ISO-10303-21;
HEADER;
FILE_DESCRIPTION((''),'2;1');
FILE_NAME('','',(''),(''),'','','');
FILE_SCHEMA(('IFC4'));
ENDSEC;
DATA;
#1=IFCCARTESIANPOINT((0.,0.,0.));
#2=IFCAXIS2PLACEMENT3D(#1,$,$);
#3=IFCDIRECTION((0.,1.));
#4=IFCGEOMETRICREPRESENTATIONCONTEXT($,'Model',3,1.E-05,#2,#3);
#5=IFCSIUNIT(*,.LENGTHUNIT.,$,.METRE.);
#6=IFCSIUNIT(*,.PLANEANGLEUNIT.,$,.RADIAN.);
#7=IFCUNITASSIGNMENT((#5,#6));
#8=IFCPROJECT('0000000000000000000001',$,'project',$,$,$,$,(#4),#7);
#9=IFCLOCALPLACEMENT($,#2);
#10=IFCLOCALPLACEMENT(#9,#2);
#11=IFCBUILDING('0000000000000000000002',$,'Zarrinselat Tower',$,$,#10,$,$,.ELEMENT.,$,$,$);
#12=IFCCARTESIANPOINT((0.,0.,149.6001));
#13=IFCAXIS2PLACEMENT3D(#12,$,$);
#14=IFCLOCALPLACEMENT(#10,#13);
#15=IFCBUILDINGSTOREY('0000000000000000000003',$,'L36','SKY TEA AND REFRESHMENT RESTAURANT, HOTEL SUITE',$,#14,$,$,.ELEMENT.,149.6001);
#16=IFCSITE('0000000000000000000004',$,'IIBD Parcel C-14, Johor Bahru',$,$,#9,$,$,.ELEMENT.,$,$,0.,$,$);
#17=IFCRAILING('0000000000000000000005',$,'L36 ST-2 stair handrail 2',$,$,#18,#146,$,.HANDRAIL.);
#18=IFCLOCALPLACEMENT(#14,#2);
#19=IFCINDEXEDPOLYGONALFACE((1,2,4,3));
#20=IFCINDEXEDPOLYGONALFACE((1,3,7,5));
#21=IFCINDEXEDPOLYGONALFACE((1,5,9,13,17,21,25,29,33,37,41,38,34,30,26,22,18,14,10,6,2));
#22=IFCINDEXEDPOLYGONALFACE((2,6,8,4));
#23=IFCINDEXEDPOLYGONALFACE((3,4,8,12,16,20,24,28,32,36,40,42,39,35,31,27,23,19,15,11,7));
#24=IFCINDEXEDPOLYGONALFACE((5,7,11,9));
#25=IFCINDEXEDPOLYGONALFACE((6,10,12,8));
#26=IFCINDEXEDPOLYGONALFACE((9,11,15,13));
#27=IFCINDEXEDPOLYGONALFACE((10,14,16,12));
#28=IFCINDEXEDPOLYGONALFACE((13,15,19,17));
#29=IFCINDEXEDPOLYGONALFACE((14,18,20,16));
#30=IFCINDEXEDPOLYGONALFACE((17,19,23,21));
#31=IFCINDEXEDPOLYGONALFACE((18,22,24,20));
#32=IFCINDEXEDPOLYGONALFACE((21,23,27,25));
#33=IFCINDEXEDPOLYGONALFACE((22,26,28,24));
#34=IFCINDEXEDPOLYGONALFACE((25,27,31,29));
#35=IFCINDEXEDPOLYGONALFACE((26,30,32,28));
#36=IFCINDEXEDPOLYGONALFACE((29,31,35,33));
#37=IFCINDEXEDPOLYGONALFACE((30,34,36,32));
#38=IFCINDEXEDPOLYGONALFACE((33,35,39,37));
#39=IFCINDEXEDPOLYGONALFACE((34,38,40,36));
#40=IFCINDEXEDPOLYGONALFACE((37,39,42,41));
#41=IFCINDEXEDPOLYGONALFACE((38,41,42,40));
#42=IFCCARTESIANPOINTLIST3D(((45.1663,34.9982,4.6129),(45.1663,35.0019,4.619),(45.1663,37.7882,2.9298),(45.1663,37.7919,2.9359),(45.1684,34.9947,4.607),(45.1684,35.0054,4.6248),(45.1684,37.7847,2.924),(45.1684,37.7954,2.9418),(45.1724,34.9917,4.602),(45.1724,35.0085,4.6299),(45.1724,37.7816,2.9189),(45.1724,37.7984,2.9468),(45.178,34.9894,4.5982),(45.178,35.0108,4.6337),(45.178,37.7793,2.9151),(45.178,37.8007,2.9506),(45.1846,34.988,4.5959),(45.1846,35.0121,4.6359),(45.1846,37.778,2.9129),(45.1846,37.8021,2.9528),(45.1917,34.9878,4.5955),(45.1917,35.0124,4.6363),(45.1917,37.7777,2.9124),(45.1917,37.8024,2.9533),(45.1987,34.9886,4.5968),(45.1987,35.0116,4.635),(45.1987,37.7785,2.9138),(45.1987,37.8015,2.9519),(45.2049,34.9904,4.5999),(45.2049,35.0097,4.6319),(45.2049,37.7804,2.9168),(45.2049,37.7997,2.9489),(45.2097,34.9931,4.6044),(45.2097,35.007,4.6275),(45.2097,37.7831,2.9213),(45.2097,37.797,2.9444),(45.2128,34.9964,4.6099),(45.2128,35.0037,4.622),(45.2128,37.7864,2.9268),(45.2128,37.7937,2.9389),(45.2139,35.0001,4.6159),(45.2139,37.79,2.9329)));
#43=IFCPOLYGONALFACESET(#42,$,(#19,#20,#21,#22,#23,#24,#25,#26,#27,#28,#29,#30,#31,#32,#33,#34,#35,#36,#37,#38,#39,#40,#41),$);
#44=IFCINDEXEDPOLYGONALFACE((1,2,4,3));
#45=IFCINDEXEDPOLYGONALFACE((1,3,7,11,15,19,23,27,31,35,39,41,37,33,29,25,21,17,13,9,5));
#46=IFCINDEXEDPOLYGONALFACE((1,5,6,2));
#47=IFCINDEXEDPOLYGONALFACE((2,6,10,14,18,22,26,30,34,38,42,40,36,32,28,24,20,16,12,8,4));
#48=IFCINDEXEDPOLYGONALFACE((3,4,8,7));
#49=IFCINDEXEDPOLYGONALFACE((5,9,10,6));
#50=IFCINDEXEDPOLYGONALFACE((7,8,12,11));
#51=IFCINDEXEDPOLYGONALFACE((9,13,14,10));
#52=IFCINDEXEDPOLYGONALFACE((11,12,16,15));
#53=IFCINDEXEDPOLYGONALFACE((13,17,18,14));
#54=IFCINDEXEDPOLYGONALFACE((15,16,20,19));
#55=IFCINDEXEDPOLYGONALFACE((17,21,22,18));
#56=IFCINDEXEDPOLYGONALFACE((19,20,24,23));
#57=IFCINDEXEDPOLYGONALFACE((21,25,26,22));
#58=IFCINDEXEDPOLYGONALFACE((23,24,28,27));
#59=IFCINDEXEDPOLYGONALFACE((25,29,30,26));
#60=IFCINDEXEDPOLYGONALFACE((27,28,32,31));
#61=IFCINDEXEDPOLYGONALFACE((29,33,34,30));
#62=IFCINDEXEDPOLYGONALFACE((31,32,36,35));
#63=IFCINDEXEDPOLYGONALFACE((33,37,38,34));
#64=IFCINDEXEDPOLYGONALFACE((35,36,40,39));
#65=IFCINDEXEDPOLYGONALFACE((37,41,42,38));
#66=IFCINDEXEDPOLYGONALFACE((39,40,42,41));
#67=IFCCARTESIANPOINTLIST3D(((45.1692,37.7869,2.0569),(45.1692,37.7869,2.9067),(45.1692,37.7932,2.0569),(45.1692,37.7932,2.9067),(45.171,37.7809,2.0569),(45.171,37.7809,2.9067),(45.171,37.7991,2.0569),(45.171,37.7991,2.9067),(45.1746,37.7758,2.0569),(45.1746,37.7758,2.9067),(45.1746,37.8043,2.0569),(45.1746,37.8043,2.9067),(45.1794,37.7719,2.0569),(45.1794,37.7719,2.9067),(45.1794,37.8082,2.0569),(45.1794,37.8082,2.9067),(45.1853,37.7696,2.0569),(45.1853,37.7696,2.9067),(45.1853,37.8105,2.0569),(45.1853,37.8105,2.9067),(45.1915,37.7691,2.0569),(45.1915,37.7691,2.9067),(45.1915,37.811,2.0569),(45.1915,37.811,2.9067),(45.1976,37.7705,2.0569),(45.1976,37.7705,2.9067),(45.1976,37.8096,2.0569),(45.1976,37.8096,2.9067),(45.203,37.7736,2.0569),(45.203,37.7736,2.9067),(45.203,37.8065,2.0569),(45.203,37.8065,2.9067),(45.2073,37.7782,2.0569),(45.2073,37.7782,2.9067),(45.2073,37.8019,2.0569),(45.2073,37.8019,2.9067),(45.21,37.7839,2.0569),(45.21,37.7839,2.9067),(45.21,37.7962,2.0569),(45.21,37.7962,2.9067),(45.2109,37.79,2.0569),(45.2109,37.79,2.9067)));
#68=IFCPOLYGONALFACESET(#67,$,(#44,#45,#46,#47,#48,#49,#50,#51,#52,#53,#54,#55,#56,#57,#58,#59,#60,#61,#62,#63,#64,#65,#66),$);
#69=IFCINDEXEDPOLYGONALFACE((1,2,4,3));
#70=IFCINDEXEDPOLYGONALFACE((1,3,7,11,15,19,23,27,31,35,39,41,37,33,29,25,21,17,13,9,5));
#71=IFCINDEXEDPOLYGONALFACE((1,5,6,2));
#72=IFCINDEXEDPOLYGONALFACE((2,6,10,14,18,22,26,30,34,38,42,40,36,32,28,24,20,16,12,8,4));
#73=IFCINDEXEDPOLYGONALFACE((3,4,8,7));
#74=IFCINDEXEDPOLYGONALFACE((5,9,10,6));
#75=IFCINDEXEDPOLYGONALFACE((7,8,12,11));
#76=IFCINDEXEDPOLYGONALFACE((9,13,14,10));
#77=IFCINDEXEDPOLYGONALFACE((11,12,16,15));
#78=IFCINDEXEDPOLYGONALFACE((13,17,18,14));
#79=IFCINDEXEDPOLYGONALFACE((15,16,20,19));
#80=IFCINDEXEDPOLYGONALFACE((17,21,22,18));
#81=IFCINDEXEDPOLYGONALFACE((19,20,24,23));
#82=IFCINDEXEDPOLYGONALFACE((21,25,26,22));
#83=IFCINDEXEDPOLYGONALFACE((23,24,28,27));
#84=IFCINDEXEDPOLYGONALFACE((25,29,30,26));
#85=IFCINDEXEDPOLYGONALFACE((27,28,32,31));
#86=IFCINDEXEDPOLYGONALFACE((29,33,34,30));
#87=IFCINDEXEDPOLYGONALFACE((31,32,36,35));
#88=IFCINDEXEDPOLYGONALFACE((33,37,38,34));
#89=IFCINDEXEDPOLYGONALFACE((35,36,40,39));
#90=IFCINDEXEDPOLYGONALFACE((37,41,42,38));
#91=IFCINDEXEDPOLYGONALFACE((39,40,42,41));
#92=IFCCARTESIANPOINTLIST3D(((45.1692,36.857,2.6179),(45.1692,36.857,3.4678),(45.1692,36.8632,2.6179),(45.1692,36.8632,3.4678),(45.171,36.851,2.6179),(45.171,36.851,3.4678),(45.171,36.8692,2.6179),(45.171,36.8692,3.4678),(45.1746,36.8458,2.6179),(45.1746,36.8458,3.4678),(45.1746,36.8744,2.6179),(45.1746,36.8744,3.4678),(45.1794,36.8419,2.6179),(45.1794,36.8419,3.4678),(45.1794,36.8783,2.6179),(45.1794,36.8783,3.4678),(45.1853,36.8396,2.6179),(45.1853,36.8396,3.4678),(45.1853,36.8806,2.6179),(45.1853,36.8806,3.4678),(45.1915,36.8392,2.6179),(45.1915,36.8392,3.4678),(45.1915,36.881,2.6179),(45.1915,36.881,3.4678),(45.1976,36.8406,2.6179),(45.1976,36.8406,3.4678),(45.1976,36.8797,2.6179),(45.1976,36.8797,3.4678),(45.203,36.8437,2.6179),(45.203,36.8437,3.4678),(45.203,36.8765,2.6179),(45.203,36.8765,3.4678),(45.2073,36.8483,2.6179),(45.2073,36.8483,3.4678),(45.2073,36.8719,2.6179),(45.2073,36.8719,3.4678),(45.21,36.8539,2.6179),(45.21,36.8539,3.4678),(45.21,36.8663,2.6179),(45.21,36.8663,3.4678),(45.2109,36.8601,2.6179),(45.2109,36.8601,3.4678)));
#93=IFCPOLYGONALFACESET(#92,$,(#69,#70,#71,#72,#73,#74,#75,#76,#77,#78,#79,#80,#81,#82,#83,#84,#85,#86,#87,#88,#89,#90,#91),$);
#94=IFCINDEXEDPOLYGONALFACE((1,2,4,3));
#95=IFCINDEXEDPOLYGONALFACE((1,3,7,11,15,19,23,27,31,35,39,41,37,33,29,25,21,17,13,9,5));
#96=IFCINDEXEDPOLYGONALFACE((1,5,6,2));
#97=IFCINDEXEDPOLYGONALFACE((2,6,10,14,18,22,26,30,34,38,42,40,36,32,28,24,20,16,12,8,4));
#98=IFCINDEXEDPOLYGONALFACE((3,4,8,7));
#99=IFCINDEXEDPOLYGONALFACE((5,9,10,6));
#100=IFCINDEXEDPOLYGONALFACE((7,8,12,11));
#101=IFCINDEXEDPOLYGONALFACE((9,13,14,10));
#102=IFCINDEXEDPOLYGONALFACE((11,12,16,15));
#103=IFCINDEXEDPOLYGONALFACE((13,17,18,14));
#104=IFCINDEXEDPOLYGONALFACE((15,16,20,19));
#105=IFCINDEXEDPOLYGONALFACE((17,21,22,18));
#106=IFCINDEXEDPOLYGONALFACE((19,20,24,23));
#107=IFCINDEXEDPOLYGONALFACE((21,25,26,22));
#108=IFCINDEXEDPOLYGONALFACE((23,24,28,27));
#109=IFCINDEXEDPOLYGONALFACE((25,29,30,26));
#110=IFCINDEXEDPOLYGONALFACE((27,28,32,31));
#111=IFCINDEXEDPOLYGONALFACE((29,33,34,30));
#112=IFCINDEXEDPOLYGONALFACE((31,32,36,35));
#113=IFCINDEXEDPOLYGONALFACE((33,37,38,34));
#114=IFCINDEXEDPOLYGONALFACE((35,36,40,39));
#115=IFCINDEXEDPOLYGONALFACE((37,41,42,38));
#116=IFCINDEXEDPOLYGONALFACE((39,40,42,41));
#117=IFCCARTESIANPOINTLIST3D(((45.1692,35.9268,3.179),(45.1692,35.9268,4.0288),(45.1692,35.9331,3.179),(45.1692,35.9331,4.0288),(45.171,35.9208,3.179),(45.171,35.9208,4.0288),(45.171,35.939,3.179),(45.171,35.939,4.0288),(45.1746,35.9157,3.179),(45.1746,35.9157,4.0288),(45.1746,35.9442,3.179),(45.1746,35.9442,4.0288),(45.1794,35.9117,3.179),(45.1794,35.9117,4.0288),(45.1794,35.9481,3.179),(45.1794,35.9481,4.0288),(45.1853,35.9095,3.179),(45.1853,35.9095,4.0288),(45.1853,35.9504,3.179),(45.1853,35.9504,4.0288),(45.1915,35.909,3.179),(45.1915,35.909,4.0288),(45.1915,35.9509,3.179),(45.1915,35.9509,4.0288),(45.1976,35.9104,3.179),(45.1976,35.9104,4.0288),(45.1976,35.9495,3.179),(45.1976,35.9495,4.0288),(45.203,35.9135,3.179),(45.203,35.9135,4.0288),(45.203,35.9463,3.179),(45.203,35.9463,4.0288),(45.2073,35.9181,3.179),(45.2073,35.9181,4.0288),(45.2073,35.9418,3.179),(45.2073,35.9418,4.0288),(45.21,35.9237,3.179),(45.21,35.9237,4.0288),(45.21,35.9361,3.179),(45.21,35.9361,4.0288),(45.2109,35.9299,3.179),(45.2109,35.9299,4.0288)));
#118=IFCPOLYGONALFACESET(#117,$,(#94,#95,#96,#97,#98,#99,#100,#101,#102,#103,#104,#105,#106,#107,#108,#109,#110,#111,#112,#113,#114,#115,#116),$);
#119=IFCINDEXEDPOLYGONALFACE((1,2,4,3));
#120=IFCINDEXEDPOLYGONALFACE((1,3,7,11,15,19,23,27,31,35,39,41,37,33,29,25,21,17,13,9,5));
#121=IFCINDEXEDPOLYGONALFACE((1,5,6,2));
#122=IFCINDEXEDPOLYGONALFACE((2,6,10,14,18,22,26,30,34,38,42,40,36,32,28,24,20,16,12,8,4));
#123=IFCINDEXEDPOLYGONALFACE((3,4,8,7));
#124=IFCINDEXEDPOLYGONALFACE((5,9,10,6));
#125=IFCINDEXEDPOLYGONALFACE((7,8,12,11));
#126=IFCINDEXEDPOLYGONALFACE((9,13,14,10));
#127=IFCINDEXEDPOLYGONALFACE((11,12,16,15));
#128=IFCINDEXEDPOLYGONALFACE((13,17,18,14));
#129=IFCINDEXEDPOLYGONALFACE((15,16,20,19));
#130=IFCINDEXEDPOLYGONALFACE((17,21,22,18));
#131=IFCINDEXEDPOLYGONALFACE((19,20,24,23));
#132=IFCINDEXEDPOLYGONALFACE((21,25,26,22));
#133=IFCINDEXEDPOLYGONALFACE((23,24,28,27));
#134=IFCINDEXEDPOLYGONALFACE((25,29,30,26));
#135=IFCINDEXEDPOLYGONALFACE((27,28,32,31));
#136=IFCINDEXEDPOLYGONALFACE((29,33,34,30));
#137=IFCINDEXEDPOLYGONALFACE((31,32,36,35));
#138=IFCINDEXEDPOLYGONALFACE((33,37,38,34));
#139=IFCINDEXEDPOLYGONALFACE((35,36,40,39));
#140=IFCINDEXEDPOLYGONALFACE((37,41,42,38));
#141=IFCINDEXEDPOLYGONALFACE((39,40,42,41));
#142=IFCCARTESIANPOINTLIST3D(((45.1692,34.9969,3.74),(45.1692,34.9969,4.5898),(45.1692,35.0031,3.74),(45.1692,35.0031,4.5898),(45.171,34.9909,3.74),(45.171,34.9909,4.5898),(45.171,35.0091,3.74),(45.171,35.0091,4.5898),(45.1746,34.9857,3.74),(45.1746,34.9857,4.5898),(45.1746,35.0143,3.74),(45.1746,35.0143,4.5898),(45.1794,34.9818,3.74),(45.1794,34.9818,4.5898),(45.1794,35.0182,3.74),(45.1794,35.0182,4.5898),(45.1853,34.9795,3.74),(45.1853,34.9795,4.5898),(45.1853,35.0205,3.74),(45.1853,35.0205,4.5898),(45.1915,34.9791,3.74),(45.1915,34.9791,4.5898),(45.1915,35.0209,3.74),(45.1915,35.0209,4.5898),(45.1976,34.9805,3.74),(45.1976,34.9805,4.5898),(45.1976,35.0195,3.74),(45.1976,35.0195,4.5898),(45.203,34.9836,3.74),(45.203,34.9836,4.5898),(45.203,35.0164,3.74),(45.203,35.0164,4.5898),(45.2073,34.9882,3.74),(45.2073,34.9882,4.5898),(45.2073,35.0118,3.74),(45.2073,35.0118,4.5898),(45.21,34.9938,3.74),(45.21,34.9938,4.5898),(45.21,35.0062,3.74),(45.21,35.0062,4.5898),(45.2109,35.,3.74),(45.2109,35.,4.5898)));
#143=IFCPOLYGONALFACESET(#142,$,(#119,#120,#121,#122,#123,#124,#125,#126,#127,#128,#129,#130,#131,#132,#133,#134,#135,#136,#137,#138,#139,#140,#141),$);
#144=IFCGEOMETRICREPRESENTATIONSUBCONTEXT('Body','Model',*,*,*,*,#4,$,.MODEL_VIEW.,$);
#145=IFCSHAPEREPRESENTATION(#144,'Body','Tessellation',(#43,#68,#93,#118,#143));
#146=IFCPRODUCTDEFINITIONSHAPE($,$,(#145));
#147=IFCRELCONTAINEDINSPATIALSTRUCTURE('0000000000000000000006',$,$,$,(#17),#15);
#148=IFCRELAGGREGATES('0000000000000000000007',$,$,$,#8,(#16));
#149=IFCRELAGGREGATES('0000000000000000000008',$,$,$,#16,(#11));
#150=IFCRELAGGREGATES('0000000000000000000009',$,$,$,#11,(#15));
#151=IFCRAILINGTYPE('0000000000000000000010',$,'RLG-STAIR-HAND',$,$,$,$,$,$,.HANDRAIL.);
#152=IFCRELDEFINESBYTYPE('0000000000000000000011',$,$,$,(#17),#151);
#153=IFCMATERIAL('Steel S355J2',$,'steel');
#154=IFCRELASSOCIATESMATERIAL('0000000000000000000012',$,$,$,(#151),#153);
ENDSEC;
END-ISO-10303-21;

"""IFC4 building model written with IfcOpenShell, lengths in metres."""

from ifc_helpers import new_model, si_unit, direction, frame, origin, origin_2d, place, context, subcontext, project, spatial, circle, extrude, material, type_object, element, save


model = new_model("IFC4")

# Units and contexts
model_context = context("Model", 3, precision=1e-05, world=origin(), true_north=direction((0.0, 1.0)))
body_context = subcontext(model_context, "Body", "Model", "MODEL_VIEW")
ifc_project = project(units=[si_unit("LENGTHUNIT", "METRE"), si_unit("PLANEANGLEUNIT", "RADIAN")], contexts=[model_context])

# Site, building, storey
site_placement = place(None, origin())
site = spatial("IfcSite", under=ifc_project, at=site_placement, Name="IIBD Parcel C-14, Johor Bahru", CompositionType="ELEMENT", RefElevation=0.0)
building_placement = place(site_placement, origin())
building = spatial("IfcBuilding", under=site, at=building_placement, Name="Zarrinselat Tower", CompositionType="ELEMENT")
storey_placement = place(building_placement, frame((0.0, 0.0, 149.6001)))
storey = spatial("IfcBuildingStorey", under=building, at=storey_placement, Name="L36", Description="SKY TEA AND REFRESHMENT RESTAURANT, HOTEL SUITE", CompositionType="ELEMENT", Elevation=149.6001)

# Railing
ifc_material_1 = material(Name="Steel S355J2", Category="steel")
railing_type_1 = type_object("IfcRailingType", Name="RLG-STAIR-HAND", PredefinedType="HANDRAIL", material=ifc_material_1)
railing_1_placement = place(storey_placement, frame((45.1899, 37.79, 2.0569)))
element("IfcRailing", 1, at=railing_1_placement, inside=storey, type_object=railing_type_1, Name="L36 ST-2 stair handrail 2", PredefinedType="HANDRAIL", context=body_context, shape_type="SweptSolid", body=[
    extrude(circle(Radius=0.0239, at=origin_2d()), frame((0.0, 0.0, 0.876), z_axis=(0.0, -0.856261, 0.516544), x_axis=(1.0, 0.0, 0.0)), (0.0, 0.0, 1.0), 3.2583),
    extrude(circle(Radius=0.021, at=origin_2d()), origin(), (0.0, 0.0, 1.0), 0.8499),
    extrude(circle(Radius=0.021, at=origin_2d()), frame((0.0, -0.9299, 0.561)), (0.0, 0.0, 1.0), 0.8499),
    extrude(circle(Radius=0.021, at=origin_2d()), frame((0.0, -1.8601, 1.1221)), (0.0, 0.0, 1.0), 0.8499),
    extrude(circle(Radius=0.021, at=origin_2d()), frame((0.0, -2.79, 1.6831)), (0.0, 0.0, 1.0), 0.8499),
])

save(model, "model.ifc")
